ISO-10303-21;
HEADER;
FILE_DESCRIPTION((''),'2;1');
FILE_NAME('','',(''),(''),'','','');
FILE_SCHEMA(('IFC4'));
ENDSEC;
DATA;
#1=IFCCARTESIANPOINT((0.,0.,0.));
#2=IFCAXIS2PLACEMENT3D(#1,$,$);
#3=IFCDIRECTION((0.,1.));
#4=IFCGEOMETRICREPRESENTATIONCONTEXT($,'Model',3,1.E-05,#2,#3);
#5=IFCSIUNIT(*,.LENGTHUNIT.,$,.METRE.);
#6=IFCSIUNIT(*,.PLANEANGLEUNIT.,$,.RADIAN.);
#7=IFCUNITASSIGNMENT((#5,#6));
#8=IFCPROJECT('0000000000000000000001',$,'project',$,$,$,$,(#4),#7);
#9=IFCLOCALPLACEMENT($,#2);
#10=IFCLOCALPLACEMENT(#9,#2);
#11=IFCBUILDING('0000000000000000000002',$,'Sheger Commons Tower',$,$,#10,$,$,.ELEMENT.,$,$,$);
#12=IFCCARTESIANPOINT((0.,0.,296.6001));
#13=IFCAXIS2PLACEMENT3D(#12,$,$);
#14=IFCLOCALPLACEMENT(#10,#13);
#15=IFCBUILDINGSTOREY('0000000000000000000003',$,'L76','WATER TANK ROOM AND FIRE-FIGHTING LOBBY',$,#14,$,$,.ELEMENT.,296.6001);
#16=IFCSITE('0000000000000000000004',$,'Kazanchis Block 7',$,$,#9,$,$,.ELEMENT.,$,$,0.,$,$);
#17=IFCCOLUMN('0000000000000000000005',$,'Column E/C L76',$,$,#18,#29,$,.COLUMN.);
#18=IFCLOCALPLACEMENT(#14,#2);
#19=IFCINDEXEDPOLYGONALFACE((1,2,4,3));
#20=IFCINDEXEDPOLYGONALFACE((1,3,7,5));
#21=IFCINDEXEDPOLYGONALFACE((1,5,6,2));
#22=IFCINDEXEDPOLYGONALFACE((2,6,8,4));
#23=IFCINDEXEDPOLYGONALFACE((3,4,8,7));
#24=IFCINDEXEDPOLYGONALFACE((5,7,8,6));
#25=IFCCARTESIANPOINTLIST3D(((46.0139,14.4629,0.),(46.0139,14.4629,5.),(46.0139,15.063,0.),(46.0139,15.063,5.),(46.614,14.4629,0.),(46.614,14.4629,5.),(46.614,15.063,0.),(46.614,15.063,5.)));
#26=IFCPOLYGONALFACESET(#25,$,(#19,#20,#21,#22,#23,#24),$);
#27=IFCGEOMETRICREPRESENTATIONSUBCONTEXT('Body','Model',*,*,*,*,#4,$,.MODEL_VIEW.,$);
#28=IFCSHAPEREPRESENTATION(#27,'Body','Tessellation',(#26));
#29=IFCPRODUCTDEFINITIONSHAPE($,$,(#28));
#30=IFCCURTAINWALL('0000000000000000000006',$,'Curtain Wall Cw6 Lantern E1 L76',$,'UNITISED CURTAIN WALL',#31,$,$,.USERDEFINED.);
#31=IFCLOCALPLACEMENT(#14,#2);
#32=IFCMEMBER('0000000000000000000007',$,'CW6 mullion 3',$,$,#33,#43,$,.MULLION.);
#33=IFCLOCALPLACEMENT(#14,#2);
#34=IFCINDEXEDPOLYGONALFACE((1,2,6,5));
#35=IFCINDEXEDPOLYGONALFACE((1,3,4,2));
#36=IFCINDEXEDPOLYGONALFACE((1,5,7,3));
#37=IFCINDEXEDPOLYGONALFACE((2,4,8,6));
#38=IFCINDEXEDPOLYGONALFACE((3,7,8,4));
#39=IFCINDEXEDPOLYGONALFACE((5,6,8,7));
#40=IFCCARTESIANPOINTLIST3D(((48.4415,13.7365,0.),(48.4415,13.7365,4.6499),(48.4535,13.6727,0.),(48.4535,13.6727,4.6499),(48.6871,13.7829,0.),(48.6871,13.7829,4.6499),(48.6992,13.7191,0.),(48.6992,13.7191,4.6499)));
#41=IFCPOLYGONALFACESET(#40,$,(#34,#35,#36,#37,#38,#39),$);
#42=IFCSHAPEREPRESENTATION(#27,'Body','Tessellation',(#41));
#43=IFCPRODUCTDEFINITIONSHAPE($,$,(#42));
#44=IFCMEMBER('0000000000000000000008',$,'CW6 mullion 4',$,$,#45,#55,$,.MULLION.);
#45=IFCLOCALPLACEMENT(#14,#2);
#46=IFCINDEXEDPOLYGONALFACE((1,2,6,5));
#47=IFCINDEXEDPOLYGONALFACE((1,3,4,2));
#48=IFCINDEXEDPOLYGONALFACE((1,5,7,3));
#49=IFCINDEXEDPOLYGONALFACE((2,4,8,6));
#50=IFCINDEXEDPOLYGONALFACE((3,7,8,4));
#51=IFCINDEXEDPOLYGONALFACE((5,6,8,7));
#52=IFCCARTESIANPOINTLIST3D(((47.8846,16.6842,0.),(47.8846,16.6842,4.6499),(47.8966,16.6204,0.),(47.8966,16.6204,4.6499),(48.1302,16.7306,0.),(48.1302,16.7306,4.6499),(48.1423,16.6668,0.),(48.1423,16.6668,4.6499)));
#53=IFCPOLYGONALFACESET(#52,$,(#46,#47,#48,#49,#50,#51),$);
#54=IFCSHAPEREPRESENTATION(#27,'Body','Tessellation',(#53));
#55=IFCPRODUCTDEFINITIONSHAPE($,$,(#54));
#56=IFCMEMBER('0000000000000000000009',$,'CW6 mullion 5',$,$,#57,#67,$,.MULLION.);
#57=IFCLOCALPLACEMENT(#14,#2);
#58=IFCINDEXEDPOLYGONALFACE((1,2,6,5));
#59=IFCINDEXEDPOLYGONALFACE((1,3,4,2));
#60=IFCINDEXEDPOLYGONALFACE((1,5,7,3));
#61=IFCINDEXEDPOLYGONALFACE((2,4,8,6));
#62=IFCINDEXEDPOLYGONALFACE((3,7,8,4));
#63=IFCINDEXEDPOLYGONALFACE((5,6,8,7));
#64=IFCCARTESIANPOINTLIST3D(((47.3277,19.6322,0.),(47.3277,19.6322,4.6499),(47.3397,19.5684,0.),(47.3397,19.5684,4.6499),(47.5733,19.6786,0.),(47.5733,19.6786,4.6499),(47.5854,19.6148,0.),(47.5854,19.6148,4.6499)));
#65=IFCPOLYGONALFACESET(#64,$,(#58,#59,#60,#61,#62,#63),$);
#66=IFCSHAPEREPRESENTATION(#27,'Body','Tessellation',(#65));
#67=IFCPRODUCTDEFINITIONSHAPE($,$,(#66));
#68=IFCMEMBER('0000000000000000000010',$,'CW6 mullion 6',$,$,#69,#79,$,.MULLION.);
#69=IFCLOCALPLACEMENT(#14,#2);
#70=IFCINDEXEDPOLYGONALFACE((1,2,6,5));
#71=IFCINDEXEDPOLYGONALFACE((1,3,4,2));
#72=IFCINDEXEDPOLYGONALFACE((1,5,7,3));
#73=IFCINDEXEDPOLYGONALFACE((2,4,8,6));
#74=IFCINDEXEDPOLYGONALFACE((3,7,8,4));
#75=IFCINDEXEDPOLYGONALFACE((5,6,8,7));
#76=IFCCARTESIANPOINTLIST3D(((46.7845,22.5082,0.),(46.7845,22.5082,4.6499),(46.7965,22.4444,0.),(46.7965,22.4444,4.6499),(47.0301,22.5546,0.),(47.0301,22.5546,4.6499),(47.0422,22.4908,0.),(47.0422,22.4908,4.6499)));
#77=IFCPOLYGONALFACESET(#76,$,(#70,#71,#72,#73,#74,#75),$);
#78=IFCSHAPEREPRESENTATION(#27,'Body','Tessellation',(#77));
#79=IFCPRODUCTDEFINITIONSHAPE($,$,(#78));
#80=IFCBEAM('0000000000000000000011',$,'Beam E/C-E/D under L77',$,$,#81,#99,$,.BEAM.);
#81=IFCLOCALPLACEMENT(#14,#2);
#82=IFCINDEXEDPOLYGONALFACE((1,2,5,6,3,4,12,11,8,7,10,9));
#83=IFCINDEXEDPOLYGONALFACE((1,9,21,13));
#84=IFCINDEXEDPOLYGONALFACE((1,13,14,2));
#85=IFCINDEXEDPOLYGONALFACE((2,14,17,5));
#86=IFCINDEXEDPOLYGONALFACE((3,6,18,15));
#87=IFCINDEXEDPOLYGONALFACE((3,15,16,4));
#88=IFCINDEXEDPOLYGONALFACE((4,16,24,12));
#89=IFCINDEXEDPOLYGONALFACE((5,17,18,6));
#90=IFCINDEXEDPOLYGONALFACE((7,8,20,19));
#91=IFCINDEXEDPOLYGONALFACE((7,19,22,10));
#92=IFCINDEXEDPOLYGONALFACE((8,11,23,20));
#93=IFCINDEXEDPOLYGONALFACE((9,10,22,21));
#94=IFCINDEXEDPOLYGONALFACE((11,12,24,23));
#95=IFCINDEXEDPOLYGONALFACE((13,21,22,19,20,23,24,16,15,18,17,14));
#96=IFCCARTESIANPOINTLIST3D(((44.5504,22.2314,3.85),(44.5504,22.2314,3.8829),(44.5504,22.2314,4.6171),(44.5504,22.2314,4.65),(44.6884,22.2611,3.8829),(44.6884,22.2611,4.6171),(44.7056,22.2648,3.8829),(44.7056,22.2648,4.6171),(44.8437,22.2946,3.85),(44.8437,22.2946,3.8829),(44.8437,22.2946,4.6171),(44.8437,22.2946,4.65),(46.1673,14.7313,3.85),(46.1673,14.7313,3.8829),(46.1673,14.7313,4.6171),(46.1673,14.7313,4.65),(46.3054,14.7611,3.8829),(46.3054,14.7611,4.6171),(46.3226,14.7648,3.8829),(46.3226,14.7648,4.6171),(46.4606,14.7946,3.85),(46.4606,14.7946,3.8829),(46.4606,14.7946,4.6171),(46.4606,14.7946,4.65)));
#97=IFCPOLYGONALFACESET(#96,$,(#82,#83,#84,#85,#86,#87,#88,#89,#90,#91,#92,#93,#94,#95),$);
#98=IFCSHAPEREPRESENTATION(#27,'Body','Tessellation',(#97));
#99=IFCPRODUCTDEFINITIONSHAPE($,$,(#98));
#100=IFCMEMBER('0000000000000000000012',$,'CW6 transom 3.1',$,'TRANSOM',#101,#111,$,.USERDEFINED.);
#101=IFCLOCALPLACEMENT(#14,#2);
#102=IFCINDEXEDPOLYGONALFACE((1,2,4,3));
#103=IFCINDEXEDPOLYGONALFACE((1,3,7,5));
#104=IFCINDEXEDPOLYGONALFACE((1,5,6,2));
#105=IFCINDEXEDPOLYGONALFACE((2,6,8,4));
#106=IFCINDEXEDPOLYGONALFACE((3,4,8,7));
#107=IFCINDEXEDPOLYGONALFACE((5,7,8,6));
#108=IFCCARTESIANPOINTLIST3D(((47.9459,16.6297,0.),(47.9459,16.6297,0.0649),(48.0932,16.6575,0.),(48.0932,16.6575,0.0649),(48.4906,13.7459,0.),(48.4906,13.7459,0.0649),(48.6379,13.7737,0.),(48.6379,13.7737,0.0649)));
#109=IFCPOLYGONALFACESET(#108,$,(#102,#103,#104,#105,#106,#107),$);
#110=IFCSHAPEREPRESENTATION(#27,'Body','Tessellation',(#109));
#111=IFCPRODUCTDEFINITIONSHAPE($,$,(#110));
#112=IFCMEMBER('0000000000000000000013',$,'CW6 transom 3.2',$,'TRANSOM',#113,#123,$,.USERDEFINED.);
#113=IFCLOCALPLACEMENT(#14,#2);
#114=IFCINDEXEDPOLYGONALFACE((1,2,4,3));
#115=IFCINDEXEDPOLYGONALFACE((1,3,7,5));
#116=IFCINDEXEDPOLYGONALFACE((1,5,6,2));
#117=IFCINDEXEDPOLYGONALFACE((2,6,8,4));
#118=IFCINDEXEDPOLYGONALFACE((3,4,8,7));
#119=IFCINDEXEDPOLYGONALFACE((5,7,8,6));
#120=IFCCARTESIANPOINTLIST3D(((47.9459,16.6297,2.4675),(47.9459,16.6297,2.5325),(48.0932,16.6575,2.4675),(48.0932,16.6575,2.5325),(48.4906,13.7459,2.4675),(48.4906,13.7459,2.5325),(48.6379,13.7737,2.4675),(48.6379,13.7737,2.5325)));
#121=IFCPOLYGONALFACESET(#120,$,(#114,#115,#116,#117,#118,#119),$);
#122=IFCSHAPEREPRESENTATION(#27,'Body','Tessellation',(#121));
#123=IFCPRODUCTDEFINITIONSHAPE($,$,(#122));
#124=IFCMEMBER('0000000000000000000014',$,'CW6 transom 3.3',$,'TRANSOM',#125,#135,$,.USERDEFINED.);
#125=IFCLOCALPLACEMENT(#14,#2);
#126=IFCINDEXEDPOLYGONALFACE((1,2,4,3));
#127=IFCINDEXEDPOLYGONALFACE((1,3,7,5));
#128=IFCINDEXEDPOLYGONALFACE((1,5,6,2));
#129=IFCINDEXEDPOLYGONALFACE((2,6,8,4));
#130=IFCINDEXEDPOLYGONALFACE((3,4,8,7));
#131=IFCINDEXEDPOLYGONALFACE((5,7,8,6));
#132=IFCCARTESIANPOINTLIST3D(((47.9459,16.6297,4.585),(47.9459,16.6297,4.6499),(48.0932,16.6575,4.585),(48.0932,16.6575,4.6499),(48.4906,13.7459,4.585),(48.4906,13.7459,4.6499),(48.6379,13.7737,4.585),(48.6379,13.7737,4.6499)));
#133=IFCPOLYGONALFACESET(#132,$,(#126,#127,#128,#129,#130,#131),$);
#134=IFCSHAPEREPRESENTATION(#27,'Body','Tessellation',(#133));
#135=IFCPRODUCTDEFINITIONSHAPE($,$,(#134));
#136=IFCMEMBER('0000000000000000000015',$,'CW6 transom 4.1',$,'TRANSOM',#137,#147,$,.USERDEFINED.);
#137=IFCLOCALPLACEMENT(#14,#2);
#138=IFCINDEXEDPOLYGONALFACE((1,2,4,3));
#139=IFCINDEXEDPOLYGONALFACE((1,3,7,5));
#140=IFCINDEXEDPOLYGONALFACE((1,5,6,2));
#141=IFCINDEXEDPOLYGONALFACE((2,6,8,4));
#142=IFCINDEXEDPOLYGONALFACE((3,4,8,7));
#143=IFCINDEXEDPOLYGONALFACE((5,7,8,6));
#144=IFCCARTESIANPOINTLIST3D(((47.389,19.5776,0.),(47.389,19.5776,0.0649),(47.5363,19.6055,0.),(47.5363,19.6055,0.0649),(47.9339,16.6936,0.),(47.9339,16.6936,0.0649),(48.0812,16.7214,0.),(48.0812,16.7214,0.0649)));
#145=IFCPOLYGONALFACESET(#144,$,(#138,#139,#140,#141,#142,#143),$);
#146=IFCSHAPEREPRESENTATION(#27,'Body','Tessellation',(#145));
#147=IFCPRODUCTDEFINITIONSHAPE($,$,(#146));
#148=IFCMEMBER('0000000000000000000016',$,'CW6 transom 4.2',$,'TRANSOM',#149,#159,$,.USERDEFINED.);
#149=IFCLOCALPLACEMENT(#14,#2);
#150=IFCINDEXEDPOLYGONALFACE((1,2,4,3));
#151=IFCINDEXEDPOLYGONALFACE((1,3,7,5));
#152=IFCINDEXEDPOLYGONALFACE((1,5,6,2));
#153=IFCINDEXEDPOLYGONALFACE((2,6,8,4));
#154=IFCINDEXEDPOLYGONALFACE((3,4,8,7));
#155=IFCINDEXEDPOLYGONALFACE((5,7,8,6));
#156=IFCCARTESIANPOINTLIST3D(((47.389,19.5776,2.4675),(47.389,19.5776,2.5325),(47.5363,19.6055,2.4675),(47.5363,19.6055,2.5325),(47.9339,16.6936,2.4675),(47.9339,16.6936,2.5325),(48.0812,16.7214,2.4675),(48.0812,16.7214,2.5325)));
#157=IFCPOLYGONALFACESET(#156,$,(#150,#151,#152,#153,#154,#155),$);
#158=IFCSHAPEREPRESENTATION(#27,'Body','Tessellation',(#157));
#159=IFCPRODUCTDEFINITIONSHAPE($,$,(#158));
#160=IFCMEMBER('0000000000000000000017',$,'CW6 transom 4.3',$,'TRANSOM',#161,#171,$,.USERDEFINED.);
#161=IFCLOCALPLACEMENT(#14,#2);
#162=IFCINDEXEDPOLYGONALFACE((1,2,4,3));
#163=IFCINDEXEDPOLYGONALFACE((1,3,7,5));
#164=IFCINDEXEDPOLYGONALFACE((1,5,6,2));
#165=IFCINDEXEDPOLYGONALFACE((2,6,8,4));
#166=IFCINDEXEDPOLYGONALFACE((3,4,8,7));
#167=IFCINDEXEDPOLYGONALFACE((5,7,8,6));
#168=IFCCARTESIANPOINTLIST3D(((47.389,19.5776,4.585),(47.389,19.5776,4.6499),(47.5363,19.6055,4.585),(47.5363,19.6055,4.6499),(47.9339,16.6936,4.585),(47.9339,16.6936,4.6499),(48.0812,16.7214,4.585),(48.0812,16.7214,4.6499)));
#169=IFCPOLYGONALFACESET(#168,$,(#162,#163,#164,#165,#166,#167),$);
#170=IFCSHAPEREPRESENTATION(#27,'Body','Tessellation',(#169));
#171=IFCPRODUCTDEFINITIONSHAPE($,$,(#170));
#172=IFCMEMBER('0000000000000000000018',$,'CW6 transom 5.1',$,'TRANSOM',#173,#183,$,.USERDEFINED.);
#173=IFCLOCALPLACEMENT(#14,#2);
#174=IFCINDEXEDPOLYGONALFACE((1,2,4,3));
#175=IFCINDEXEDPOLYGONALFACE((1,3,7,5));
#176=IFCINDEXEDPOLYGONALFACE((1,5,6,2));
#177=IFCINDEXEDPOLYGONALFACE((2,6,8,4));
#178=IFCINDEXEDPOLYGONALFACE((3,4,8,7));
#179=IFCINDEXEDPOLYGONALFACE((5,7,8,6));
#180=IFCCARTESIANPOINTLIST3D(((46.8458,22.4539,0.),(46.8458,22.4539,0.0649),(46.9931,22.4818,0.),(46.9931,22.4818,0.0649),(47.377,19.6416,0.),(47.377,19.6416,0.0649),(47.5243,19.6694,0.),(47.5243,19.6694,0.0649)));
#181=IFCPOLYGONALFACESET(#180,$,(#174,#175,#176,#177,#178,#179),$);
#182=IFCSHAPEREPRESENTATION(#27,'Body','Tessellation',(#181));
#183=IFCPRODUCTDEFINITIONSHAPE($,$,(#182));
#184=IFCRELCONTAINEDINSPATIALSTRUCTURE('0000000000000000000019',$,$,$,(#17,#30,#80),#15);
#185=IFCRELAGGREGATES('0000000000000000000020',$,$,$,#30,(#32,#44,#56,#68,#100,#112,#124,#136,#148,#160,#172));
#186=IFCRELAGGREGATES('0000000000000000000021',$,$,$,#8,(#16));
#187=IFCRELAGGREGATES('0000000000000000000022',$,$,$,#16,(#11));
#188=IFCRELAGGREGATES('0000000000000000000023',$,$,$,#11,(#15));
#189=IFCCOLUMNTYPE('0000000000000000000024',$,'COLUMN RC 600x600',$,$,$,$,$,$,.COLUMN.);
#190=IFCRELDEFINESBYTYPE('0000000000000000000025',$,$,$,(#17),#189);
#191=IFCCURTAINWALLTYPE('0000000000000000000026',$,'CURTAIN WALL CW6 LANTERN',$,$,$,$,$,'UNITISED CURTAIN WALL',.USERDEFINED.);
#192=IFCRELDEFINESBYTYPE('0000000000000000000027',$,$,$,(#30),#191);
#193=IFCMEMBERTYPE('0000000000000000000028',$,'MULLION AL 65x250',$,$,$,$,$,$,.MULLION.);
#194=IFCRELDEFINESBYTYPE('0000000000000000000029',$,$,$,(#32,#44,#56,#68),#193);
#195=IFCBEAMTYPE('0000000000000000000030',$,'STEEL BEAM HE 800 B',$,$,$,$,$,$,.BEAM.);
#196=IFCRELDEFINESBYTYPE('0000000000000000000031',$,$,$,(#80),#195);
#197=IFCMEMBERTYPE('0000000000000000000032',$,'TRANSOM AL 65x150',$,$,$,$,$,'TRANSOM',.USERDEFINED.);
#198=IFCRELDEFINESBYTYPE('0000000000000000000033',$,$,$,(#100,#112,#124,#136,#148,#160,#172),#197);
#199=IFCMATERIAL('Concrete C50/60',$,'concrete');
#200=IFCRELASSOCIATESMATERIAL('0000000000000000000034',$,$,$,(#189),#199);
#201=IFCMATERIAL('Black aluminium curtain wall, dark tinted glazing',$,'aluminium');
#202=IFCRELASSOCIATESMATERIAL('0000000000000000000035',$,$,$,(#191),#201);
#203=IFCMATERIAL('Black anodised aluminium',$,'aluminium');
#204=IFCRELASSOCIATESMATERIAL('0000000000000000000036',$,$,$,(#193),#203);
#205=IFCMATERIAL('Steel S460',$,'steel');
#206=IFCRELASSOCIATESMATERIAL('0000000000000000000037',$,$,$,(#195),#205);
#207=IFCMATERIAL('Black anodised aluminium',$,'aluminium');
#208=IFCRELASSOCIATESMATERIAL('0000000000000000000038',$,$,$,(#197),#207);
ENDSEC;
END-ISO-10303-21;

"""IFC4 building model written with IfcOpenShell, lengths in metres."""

from ifc_helpers import new_model, si_unit, direction, frame, origin, origin_2d, place, context, subcontext, project, spatial, rectangle, i_section, extrude, material, material_profile, profile_set, type_object, element, aggregate, save


model = new_model("IFC4")

# Units and contexts
model_context = context("Model", 3, precision=1e-05, world=origin(), true_north=direction((0.0, 1.0)))
body_context = subcontext(model_context, "Body", "Model", "MODEL_VIEW")
ifc_project = project(units=[si_unit("LENGTHUNIT", "METRE"), si_unit("PLANEANGLEUNIT", "RADIAN")], contexts=[model_context])

# Site, building, storey
site_placement = place(None, origin())
site = spatial("IfcSite", under=ifc_project, at=site_placement, Name="Kazanchis Block 7", CompositionType="ELEMENT", RefElevation=0.0)
building_placement = place(site_placement, origin())
building = spatial("IfcBuilding", under=site, at=building_placement, Name="Sheger Commons Tower", CompositionType="ELEMENT")
storey_placement = place(building_placement, frame((0.0, 0.0, 296.6001)))
storey = spatial("IfcBuildingStorey", under=building, at=storey_placement, Name="L76", Description="WATER TANK ROOM AND FIRE-FIGHTING LOBBY", CompositionType="ELEMENT", Elevation=296.6001)

# Column
ifc_material_1 = material(Name="Concrete C50/60", Category="concrete")
ifc_material_profile_1 = material_profile(ifc_material_1, rectangle(XDim=0.6001, YDim=0.6001, at=origin_2d()), Name="RC 600x600")
ifc_profile_set_1 = profile_set([ifc_material_profile_1], Name="Concrete C50/60")
column_type = type_object("IfcColumnType", Name="COLUMN RC 600x600", PredefinedType="COLUMN", material=ifc_profile_set_1)
column_placement = place(storey_placement, frame((46.314, 14.7629, 0.0), z_axis=(0.0, 0.0, 1.0), x_axis=(1.0, 0.0, 0.0)))
element("IfcColumn", 1, at=column_placement, inside=storey, type_object=column_type, Name="Column E/C L76", PredefinedType="COLUMN", context=body_context, shape_type="SweptSolid", body=[
    extrude(rectangle(XDim=0.6001, YDim=0.6001, at=origin_2d()), origin(), (0.0, 0.0, 1.0), 5.0),
])

# Curtain wall, members
ifc_material_2 = material(Name="Black aluminium curtain wall, dark tinted glazing", Category="aluminium")
curtain_wall_type = type_object("IfcCurtainWallType", Name="CURTAIN WALL CW6 LANTERN", ElementType="UNITISED CURTAIN WALL", PredefinedType="USERDEFINED", material=ifc_material_2)
curtain_wall_placement = place(storey_placement, origin())
curtain_wall = element("IfcCurtainWall", 2, at=curtain_wall_placement, inside=storey, type_object=curtain_wall_type, Name="Curtain Wall Cw6 Lantern E1 L76", ObjectType="UNITISED CURTAIN WALL", PredefinedType="USERDEFINED")
ifc_material_3 = material(Name="Black anodised aluminium", Category="aluminium")
ifc_material_profile_2 = material_profile(ifc_material_3, rectangle(XDim=0.25, YDim=0.0649, at=origin_2d()), Name="AL 65x250")
ifc_profile_set_2 = profile_set([ifc_material_profile_2], Name="Black anodised aluminium")
member_type_1 = type_object("IfcMemberType", Name="MULLION AL 65x250", PredefinedType="MULLION", material=ifc_profile_set_2)
member_1_placement = place(storey_placement, frame((48.5703, 13.7278, 0.0), z_axis=(0.0, 0.0, 1.0), x_axis=(-0.982623, -0.185613, 0.0)))
member_1 = element("IfcMember", 3, at=member_1_placement, type_object=member_type_1, Name="CW6 mullion 3", PredefinedType="MULLION", context=body_context, shape_type="SweptSolid", body=[
    extrude(rectangle(XDim=0.25, YDim=0.0649, at=origin_2d()), origin(), (0.0, 0.0, 1.0), 4.6499),
])
member_2_placement = place(storey_placement, frame((48.0134, 16.6755, 0.0), z_axis=(0.0, 0.0, 1.0), x_axis=(-0.982623, -0.185613, 0.0)))
member_2 = element("IfcMember", 4, at=member_2_placement, type_object=member_type_1, Name="CW6 mullion 4", PredefinedType="MULLION", context=body_context, shape_type="SweptSolid", body=[
    extrude(rectangle(XDim=0.25, YDim=0.0649, at=origin_2d()), origin(), (0.0, 0.0, 1.0), 4.6499),
])
member_3_placement = place(storey_placement, frame((47.4565, 19.6235, 0.0), z_axis=(0.0, 0.0, 1.0), x_axis=(-0.982623, -0.185613, 0.0)))
member_3 = element("IfcMember", 5, at=member_3_placement, type_object=member_type_1, Name="CW6 mullion 5", PredefinedType="MULLION", context=body_context, shape_type="SweptSolid", body=[
    extrude(rectangle(XDim=0.25, YDim=0.0649, at=origin_2d()), origin(), (0.0, 0.0, 1.0), 4.6499),
])
member_4_placement = place(storey_placement, frame((46.9133, 22.4995, 0.0), z_axis=(0.0, 0.0, 1.0), x_axis=(-0.982623, -0.185613, 0.0)))
member_4 = element("IfcMember", 6, at=member_4_placement, type_object=member_type_1, Name="CW6 mullion 6", PredefinedType="MULLION", context=body_context, shape_type="SweptSolid", body=[
    extrude(rectangle(XDim=0.25, YDim=0.0649, at=origin_2d()), origin(), (0.0, 0.0, 1.0), 4.6499),
])

# Beam
ifc_material_4 = material(Name="Steel S460", Category="steel")
ifc_material_profile_3 = material_profile(ifc_material_4, i_section(OverallWidth=0.3, OverallDepth=0.8, WebThickness=0.0176, FlangeThickness=0.033, at=origin_2d()), Name="HE 800 B")
ifc_profile_set_3 = profile_set([ifc_material_profile_3], Name="Steel S460")
beam_type = type_object("IfcBeamType", Name="STEEL BEAM HE 800 B", PredefinedType="BEAM", material=ifc_profile_set_3)
beam_placement = place(storey_placement, frame((46.314, 14.7629, 4.25), z_axis=(-0.21075, 0.97754, 0.0), x_axis=(-0.97754, -0.21075, 0.0)))
element("IfcBeam", 7, at=beam_placement, inside=storey, type_object=beam_type, Name="Beam E/C-E/D under L77", PredefinedType="BEAM", context=body_context, shape_type="SweptSolid", body=[
    extrude(i_section(OverallWidth=0.3, OverallDepth=0.8, WebThickness=0.0176, FlangeThickness=0.033, at=origin_2d()), origin(), (0.0, 0.0, 1.0), 7.6724),
])

# Members
ifc_material_5 = material(Name="Black anodised aluminium", Category="aluminium")
ifc_material_profile_4 = material_profile(ifc_material_5, rectangle(XDim=0.1499, YDim=0.0649, at=origin_2d()), Name="AL 65x150")
ifc_profile_set_4 = profile_set([ifc_material_profile_4], Name="Black anodised aluminium")
member_type_2 = type_object("IfcMemberType", Name="TRANSOM AL 65x150", ElementType="TRANSOM", PredefinedType="USERDEFINED", material=ifc_profile_set_4)
member_5_placement = place(storey_placement, frame((48.5642, 13.7598, 0.0325), z_axis=(-0.185594, 0.982626, 0.0), x_axis=(-0.982626, -0.185594, 0.0)))
member_5 = element("IfcMember", 8, at=member_5_placement, type_object=member_type_2, Name="CW6 transom 3.1", ObjectType="TRANSOM", PredefinedType="USERDEFINED", context=body_context, shape_type="SweptSolid", body=[
    extrude(rectangle(XDim=0.1499, YDim=0.0649, at=origin_2d()), origin(), (0.0, 0.0, 1.0), 2.9348),
])
member_6_placement = place(storey_placement, frame((48.5642, 13.7598, 2.5), z_axis=(-0.185594, 0.982626, 0.0), x_axis=(-0.982626, -0.185594, 0.0)))
member_6 = element("IfcMember", 9, at=member_6_placement, type_object=member_type_2, Name="CW6 transom 3.2", ObjectType="TRANSOM", PredefinedType="USERDEFINED", context=body_context, shape_type="SweptSolid", body=[
    extrude(rectangle(XDim=0.1499, YDim=0.0649, at=origin_2d()), origin(), (0.0, 0.0, 1.0), 2.9348),
])
member_7_placement = place(storey_placement, frame((48.5642, 13.7598, 4.6174), z_axis=(-0.185594, 0.982626, 0.0), x_axis=(-0.982626, -0.185594, 0.0)))
member_7 = element("IfcMember", 10, at=member_7_placement, type_object=member_type_2, Name="CW6 transom 3.3", ObjectType="TRANSOM", PredefinedType="USERDEFINED", context=body_context, shape_type="SweptSolid", body=[
    extrude(rectangle(XDim=0.1499, YDim=0.0649, at=origin_2d()), origin(), (0.0, 0.0, 1.0), 2.9348),
])
member_8_placement = place(storey_placement, frame((48.0076, 16.7075, 0.0325), z_axis=(-0.185659, 0.982614, 0.0), x_axis=(-0.982614, -0.185659, 0.0)))
member_8 = element("IfcMember", 11, at=member_8_placement, type_object=member_type_2, Name="CW6 transom 4.1", ObjectType="TRANSOM", PredefinedType="USERDEFINED", context=body_context, shape_type="SweptSolid", body=[
    extrude(rectangle(XDim=0.1499, YDim=0.0649, at=origin_2d()), origin(), (0.0, 0.0, 1.0), 2.9351),
])
member_9_placement = place(storey_placement, frame((48.0076, 16.7075, 2.5), z_axis=(-0.185659, 0.982614, 0.0), x_axis=(-0.982614, -0.185659, 0.0)))
member_9 = element("IfcMember", 12, at=member_9_placement, type_object=member_type_2, Name="CW6 transom 4.2", ObjectType="TRANSOM", PredefinedType="USERDEFINED", context=body_context, shape_type="SweptSolid", body=[
    extrude(rectangle(XDim=0.1499, YDim=0.0649, at=origin_2d()), origin(), (0.0, 0.0, 1.0), 2.9351),
])
member_10_placement = place(storey_placement, frame((48.0076, 16.7075, 4.6174), z_axis=(-0.185659, 0.982614, 0.0), x_axis=(-0.982614, -0.185659, 0.0)))
member_10 = element("IfcMember", 13, at=member_10_placement, type_object=member_type_2, Name="CW6 transom 4.3", ObjectType="TRANSOM", PredefinedType="USERDEFINED", context=body_context, shape_type="SweptSolid", body=[
    extrude(rectangle(XDim=0.1499, YDim=0.0649, at=origin_2d()), origin(), (0.0, 0.0, 1.0), 2.9351),
])
member_11_placement = place(storey_placement, frame((47.4507, 19.6555, 0.0325), z_axis=(-0.185622, 0.982621, 0.0), x_axis=(-0.982621, -0.185622, 0.0)))
member_11 = element("IfcMember", 14, at=member_11_placement, type_object=member_type_2, Name="CW6 transom 5.1", ObjectType="TRANSOM", PredefinedType="USERDEFINED", context=body_context, shape_type="SweptSolid", body=[
    extrude(rectangle(XDim=0.1499, YDim=0.0649, at=origin_2d()), origin(), (0.0, 0.0, 1.0), 2.8621),
])

aggregate(curtain_wall, [member_1, member_2, member_3, member_4, member_5, member_6, member_7, member_8, member_9, member_10, member_11])

save(model, "model.ifc")
